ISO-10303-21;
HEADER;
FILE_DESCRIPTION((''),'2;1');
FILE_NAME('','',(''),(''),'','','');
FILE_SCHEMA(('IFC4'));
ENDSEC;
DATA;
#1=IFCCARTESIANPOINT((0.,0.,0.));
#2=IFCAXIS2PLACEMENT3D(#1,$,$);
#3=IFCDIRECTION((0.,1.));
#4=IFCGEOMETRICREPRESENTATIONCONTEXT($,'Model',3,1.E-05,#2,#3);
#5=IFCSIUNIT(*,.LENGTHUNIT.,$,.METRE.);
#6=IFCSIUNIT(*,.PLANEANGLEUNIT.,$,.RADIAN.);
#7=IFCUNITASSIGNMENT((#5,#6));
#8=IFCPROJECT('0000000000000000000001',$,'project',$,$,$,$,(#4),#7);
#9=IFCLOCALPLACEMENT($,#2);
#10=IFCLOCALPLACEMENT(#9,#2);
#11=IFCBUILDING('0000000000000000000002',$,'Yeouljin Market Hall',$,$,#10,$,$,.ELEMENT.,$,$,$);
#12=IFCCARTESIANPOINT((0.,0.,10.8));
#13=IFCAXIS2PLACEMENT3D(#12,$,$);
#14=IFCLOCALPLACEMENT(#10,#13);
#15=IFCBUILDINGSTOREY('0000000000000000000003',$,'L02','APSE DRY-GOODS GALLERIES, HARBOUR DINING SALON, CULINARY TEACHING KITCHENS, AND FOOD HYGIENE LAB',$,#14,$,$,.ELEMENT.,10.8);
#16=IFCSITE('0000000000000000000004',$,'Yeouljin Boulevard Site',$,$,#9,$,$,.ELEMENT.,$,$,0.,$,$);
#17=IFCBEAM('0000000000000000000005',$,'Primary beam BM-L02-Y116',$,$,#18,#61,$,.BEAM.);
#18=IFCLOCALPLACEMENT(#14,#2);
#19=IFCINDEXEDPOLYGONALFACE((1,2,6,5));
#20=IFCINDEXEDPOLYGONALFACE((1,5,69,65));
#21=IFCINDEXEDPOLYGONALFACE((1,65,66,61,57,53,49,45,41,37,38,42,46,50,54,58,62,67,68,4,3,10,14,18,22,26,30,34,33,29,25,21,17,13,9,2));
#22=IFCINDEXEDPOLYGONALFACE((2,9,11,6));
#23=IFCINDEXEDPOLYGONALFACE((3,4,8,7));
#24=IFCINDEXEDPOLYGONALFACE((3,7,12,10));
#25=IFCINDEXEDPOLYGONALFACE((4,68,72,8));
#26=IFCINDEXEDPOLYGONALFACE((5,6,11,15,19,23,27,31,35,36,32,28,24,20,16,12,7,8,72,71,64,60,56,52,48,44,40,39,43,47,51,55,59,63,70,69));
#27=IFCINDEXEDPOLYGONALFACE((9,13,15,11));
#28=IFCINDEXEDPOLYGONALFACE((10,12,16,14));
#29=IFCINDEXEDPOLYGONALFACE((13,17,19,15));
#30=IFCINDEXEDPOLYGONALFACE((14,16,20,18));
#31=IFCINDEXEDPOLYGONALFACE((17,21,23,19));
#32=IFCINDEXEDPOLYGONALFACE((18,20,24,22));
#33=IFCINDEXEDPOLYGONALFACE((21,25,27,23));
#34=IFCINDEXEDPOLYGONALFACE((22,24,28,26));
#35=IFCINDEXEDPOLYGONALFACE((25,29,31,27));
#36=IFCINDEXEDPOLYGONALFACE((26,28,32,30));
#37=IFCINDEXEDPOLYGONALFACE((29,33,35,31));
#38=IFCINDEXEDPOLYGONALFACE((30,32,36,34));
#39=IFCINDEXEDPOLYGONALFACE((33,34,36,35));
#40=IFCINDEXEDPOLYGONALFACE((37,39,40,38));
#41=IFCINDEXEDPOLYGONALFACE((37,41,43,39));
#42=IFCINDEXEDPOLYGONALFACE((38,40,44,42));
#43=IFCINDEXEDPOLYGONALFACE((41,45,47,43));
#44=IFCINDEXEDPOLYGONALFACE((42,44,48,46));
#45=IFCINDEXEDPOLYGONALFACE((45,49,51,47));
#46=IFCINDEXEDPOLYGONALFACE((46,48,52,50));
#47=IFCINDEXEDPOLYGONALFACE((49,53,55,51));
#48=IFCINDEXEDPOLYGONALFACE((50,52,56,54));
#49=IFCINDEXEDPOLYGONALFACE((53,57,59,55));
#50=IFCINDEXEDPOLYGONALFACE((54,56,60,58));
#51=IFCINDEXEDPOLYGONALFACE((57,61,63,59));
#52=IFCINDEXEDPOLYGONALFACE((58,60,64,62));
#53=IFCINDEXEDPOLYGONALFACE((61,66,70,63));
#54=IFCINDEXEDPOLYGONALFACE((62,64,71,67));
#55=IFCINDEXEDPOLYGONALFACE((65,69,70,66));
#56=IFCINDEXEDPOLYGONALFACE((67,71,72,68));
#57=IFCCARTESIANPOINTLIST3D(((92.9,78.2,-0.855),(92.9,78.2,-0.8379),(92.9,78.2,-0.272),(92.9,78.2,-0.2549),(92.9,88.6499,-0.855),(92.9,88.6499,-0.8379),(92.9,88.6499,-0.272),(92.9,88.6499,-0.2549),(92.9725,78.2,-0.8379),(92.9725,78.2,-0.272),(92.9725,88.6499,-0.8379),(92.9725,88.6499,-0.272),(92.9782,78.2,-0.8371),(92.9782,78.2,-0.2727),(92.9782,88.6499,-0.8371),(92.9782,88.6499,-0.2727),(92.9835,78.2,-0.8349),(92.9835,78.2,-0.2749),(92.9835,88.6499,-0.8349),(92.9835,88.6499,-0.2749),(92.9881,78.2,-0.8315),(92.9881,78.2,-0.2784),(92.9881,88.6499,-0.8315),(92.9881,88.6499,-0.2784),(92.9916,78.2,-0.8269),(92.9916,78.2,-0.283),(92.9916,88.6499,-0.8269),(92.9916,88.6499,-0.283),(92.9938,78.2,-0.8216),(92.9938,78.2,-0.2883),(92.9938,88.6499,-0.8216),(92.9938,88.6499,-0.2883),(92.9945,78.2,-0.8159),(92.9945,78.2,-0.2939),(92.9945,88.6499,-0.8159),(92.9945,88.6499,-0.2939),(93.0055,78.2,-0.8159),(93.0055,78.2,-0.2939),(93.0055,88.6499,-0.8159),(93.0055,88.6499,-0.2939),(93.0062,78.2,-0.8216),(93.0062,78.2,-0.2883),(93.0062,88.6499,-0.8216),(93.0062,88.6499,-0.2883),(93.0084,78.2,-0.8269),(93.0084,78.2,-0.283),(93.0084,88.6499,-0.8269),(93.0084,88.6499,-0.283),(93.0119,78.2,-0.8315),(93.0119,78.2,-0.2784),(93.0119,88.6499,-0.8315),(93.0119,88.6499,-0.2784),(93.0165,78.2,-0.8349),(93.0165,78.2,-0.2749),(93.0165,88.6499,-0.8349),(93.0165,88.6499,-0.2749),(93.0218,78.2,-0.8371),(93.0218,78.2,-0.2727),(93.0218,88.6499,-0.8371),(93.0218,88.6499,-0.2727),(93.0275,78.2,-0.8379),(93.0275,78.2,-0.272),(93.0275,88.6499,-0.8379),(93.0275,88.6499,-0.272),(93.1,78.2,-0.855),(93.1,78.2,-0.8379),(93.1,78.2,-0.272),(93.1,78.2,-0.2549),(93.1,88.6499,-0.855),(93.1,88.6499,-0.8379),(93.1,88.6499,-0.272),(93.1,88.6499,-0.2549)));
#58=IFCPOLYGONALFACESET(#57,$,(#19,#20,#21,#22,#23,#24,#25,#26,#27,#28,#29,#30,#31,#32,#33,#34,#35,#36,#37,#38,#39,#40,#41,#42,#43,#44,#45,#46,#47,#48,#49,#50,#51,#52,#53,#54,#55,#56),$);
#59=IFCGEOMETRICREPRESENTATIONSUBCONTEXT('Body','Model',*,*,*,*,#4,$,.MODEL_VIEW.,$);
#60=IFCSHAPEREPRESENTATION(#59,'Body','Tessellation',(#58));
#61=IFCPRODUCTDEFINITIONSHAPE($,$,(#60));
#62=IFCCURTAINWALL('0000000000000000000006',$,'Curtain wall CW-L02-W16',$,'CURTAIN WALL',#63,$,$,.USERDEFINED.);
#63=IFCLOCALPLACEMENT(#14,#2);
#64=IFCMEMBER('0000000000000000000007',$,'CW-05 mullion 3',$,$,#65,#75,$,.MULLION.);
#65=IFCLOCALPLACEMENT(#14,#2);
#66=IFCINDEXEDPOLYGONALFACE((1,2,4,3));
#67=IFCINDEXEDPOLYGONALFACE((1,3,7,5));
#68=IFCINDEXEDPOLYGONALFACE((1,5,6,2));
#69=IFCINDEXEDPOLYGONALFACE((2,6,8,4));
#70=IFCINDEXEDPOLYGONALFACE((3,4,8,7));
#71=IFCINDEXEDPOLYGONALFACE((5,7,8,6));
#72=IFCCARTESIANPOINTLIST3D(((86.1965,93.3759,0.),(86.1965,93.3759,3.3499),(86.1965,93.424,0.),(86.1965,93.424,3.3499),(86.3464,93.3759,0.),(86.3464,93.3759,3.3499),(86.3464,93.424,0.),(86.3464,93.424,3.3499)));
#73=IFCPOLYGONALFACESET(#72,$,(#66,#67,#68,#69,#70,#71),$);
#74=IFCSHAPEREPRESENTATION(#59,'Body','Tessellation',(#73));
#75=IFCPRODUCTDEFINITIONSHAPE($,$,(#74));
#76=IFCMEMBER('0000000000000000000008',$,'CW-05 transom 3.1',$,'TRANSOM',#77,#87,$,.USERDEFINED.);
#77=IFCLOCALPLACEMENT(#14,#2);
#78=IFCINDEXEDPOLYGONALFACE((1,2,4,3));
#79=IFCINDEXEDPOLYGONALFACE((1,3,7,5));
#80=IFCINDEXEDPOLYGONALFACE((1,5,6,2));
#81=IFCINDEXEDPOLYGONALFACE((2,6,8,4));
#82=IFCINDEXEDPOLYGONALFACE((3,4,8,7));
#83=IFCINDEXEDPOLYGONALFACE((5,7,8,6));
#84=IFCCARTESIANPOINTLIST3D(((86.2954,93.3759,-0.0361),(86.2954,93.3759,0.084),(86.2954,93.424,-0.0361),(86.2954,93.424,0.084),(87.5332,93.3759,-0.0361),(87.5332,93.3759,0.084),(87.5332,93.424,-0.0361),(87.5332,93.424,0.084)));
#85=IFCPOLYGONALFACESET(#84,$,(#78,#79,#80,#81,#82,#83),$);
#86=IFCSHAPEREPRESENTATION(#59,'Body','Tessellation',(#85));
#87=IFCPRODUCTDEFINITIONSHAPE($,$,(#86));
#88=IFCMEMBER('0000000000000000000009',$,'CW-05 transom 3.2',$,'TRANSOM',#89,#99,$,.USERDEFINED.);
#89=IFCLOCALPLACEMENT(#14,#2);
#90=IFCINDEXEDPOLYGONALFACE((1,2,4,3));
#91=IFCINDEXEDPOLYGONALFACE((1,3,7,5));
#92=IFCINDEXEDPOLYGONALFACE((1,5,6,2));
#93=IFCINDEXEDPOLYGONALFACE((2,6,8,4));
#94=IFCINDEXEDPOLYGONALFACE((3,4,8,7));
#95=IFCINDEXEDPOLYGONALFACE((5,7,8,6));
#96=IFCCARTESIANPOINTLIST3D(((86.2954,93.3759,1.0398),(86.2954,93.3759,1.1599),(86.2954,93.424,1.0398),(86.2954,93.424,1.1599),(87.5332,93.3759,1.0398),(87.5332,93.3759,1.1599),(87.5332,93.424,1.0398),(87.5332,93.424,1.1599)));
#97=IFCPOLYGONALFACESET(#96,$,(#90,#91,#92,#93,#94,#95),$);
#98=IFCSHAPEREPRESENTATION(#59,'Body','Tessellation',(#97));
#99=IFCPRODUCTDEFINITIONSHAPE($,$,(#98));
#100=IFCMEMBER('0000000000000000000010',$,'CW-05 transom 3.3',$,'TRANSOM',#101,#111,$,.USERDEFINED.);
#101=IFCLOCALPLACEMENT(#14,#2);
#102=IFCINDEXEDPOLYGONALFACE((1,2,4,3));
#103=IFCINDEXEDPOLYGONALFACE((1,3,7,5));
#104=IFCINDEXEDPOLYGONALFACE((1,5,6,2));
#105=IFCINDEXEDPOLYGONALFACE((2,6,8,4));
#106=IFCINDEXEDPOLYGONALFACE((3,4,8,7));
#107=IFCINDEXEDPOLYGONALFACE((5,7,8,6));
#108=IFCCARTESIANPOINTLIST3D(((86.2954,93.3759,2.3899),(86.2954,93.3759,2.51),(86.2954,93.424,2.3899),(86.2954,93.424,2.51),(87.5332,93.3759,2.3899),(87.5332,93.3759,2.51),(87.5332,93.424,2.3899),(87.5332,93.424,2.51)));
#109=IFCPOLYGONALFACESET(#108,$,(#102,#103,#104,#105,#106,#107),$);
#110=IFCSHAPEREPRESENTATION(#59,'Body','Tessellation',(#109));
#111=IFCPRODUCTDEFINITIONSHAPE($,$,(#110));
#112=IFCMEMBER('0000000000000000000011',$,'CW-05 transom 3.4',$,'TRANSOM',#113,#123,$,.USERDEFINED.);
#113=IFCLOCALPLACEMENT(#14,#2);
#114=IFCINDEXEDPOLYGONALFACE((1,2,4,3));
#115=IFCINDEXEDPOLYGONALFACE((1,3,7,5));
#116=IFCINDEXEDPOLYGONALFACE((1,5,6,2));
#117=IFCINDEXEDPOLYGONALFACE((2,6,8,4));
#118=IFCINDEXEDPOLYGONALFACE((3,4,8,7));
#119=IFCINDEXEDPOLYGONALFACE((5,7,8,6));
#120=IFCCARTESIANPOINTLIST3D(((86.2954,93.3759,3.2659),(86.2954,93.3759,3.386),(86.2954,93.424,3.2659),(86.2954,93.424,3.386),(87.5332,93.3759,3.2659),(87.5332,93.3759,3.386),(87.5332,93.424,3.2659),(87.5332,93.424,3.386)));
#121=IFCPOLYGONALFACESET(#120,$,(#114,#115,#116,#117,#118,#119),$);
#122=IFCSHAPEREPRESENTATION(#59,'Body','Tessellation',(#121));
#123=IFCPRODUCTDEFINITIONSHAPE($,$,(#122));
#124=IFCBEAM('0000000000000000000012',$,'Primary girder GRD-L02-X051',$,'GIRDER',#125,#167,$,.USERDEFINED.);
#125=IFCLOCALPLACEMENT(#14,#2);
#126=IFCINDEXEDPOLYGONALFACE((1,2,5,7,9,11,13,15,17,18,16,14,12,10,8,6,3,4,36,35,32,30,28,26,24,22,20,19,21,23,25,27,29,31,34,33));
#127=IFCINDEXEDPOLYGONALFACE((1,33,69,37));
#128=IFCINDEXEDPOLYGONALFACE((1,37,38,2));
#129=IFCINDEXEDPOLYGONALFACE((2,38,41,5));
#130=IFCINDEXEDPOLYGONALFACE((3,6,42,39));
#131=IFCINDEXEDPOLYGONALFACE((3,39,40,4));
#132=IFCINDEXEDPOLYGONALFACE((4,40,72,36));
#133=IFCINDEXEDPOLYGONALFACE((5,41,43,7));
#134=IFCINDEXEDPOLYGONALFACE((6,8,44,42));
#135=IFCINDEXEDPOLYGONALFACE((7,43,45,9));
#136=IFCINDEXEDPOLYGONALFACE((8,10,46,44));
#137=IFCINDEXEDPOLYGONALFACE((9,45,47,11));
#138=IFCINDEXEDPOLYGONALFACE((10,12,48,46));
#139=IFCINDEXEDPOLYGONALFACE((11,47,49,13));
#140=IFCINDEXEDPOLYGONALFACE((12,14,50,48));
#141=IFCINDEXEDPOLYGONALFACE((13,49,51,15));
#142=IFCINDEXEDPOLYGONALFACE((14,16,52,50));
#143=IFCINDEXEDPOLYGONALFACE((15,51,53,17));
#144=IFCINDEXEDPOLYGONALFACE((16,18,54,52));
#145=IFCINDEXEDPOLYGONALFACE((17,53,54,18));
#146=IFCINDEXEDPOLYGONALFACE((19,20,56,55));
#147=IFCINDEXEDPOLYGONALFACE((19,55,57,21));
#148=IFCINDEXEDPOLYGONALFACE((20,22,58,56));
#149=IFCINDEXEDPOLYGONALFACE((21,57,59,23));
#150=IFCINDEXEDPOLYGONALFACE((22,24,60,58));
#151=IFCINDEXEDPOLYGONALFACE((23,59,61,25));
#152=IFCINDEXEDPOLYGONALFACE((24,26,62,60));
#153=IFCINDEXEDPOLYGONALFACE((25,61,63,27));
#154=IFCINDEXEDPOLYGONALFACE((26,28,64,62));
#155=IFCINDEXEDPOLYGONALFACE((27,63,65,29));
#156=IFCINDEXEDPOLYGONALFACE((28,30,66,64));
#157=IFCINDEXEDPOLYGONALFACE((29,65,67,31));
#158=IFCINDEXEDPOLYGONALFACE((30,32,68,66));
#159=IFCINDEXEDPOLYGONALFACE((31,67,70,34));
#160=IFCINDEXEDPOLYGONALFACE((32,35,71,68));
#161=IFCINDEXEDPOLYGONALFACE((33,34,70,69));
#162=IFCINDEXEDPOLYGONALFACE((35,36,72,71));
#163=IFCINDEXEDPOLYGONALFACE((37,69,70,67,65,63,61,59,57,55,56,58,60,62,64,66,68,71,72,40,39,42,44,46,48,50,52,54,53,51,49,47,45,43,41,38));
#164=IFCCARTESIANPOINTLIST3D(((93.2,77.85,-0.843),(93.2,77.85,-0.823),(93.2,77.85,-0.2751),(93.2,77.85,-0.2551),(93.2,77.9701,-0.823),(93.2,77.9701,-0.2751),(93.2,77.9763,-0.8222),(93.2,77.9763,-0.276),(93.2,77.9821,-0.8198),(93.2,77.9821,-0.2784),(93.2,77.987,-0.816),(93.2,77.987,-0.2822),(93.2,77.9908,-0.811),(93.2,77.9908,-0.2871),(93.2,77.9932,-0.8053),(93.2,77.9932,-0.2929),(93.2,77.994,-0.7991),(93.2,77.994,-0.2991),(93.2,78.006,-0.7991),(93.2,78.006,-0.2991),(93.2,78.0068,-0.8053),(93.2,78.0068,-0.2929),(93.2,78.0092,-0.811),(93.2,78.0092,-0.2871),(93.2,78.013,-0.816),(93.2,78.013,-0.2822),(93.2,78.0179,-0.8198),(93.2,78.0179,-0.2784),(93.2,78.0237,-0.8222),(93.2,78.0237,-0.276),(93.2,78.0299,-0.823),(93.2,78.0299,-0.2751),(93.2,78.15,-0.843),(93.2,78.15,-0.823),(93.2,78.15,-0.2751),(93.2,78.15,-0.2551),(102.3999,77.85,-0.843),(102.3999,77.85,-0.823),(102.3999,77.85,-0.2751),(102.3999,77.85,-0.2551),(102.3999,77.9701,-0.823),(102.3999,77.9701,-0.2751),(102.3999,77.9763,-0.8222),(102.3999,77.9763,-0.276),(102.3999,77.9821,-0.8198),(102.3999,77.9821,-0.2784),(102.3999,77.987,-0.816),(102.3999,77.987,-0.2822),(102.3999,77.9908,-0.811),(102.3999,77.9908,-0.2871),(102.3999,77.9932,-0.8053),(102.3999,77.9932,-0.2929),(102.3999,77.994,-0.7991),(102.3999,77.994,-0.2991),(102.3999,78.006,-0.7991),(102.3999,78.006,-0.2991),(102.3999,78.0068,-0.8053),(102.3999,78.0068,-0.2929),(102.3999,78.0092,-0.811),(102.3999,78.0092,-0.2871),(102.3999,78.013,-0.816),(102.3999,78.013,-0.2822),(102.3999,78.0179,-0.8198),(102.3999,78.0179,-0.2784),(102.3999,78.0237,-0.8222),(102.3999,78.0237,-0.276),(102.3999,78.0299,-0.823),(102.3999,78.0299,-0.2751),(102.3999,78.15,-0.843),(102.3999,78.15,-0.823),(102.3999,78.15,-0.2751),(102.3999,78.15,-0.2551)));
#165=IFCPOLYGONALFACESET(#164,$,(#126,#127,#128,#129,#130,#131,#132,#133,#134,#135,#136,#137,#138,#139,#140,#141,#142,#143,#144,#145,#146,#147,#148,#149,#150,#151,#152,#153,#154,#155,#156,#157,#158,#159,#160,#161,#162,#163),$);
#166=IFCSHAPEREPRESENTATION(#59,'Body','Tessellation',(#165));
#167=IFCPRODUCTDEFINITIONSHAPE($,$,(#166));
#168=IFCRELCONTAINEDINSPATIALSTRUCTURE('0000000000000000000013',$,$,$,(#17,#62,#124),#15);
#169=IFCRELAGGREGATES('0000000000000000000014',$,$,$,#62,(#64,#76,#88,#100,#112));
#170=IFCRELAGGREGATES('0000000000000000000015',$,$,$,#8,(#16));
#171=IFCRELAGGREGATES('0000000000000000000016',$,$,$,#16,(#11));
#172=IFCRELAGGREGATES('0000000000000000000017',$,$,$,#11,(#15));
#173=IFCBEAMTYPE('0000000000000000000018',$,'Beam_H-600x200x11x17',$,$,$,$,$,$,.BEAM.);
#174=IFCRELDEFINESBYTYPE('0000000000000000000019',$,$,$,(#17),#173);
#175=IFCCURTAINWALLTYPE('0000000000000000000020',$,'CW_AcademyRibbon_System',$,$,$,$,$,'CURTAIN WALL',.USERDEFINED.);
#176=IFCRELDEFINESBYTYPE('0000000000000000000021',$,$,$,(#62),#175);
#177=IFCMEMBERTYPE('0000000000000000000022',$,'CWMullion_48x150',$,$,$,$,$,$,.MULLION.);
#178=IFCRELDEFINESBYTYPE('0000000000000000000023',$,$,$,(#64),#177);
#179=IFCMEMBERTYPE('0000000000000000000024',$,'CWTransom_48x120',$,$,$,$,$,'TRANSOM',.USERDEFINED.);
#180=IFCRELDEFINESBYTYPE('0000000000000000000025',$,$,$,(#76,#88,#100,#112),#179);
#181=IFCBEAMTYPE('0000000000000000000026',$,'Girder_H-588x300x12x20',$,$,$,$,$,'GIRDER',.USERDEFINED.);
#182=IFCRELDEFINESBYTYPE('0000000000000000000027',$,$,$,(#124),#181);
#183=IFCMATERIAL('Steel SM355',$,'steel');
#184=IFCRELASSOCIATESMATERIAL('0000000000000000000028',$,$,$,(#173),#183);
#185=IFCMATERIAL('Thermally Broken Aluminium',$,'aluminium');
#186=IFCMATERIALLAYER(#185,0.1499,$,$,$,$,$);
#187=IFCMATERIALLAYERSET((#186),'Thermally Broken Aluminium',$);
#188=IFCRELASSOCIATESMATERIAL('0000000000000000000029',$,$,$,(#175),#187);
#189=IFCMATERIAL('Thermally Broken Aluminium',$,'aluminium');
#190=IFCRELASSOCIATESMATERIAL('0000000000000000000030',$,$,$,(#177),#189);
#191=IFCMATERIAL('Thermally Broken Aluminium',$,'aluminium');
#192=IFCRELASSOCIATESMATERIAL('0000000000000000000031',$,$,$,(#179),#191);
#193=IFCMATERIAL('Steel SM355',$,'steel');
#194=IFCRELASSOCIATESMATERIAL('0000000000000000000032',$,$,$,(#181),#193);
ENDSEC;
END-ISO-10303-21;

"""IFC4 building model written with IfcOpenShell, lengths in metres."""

from ifc_helpers import new_model, si_unit, direction, frame, origin, origin_2d, place, context, subcontext, project, spatial, rectangle, i_section, extrude, material, layer, layer_set, material_profile, profile_set, type_object, element, aggregate, save


model = new_model("IFC4")

# Units and contexts
model_context = context("Model", 3, precision=1e-05, world=origin(), true_north=direction((0.0, 1.0)))
body_context = subcontext(model_context, "Body", "Model", "MODEL_VIEW")
ifc_project = project(units=[si_unit("LENGTHUNIT", "METRE"), si_unit("PLANEANGLEUNIT", "RADIAN")], contexts=[model_context])

# Site, building, storey
site_placement = place(None, origin())
site = spatial("IfcSite", under=ifc_project, at=site_placement, Name="Yeouljin Boulevard Site", CompositionType="ELEMENT", RefElevation=0.0)
building_placement = place(site_placement, origin())
building = spatial("IfcBuilding", under=site, at=building_placement, Name="Yeouljin Market Hall", CompositionType="ELEMENT")
storey_placement = place(building_placement, frame((0.0, 0.0, 10.8)))
storey = spatial("IfcBuildingStorey", under=building, at=storey_placement, Name="L02", Description="APSE DRY-GOODS GALLERIES, HARBOUR DINING SALON, CULINARY TEACHING KITCHENS, AND FOOD HYGIENE LAB", CompositionType="ELEMENT", Elevation=10.8)

# Beam
ifc_material_1 = material(Name="Steel SM355", Category="steel")
ifc_material_profile_1 = material_profile(ifc_material_1, i_section(OverallWidth=0.2, OverallDepth=0.6001, WebThickness=0.011, FlangeThickness=0.0171, FilletRadius=0.022, at=origin_2d()), Name="H-600x200x11x17")
ifc_profile_set_1 = profile_set([ifc_material_profile_1], Name="Steel SM355")
beam_type_1 = type_object("IfcBeamType", Name="Beam_H-600x200x11x17", PredefinedType="BEAM", material=ifc_profile_set_1)
beam_1_placement = place(storey_placement, frame((93.0, 78.2, -0.5549), z_axis=(0.0, 1.0, 0.0), x_axis=(-1.0, 0.0, 0.0)))
element("IfcBeam", 1, at=beam_1_placement, inside=storey, type_object=beam_type_1, Name="Primary beam BM-L02-Y116", PredefinedType="BEAM", context=body_context, shape_type="SweptSolid", body=[
    extrude(i_section(OverallWidth=0.2, OverallDepth=0.6001, WebThickness=0.011, FlangeThickness=0.0171, FilletRadius=0.022, at=origin_2d()), origin(), (0.0, 0.0, 1.0), 10.45),
])

# Curtain wall, members
ifc_material_2 = material(Name="Thermally Broken Aluminium", Category="aluminium")
ifc_layer_1 = layer(ifc_material_2, 0.1499)
ifc_layer_set_1 = layer_set([ifc_layer_1], Name="Thermally Broken Aluminium")
curtain_wall_type = type_object("IfcCurtainWallType", Name="CW_AcademyRibbon_System", ElementType="CURTAIN WALL", PredefinedType="USERDEFINED", material=ifc_layer_set_1)
curtain_wall_placement = place(storey_placement, origin())
curtain_wall = element("IfcCurtainWall", 2, at=curtain_wall_placement, inside=storey, type_object=curtain_wall_type, Name="Curtain wall CW-L02-W16", ObjectType="CURTAIN WALL", PredefinedType="USERDEFINED")
ifc_material_3 = material(Name="Thermally Broken Aluminium", Category="aluminium")
ifc_material_profile_2 = material_profile(ifc_material_3, rectangle(XDim=0.0481, YDim=0.1499, at=origin_2d()), Name="CW-MULL-48x150")
ifc_profile_set_2 = profile_set([ifc_material_profile_2], Name="Thermally Broken Aluminium")
member_type_1 = type_object("IfcMemberType", Name="CWMullion_48x150", PredefinedType="MULLION", material=ifc_profile_set_2)
member_1_placement = place(storey_placement, frame((86.2715, 93.3999, 0.0), z_axis=(0.0, 0.0, 1.0), x_axis=(0.0, 1.0, 0.0)))
member_1 = element("IfcMember", 3, at=member_1_placement, type_object=member_type_1, Name="CW-05 mullion 3", PredefinedType="MULLION", context=body_context, shape_type="SweptSolid", body=[
    extrude(rectangle(XDim=0.0481, YDim=0.1499, at=origin_2d()), origin(), (0.0, 0.0, 1.0), 3.3499),
])
ifc_material_4 = material(Name="Thermally Broken Aluminium", Category="aluminium")
ifc_material_profile_3 = material_profile(ifc_material_4, rectangle(XDim=0.0481, YDim=0.1201, at=origin_2d()), Name="CW-TRAN-48x120")
ifc_profile_set_3 = profile_set([ifc_material_profile_3], Name="Thermally Broken Aluminium")
member_type_2 = type_object("IfcMemberType", Name="CWTransom_48x120", ElementType="TRANSOM", PredefinedType="USERDEFINED", material=ifc_profile_set_3)
member_2_placement = place(storey_placement, frame((86.2954, 93.3999, 0.0239), z_axis=(1.0, 0.0, 0.0), x_axis=(0.0, 1.0, 0.0)))
member_2 = element("IfcMember", 4, at=member_2_placement, type_object=member_type_2, Name="CW-05 transom 3.1", ObjectType="TRANSOM", PredefinedType="USERDEFINED", context=body_context, shape_type="SweptSolid", body=[
    extrude(rectangle(XDim=0.0481, YDim=0.1201, at=origin_2d()), origin(), (0.0, 0.0, 1.0), 1.2378),
])
member_3_placement = place(storey_placement, frame((86.2954, 93.3999, 1.0999), z_axis=(1.0, 0.0, 0.0), x_axis=(0.0, 1.0, 0.0)))
member_3 = element("IfcMember", 5, at=member_3_placement, type_object=member_type_2, Name="CW-05 transom 3.2", ObjectType="TRANSOM", PredefinedType="USERDEFINED", context=body_context, shape_type="SweptSolid", body=[
    extrude(rectangle(XDim=0.0481, YDim=0.1201, at=origin_2d()), origin(), (0.0, 0.0, 1.0), 1.2378),
])
member_4_placement = place(storey_placement, frame((86.2954, 93.3999, 2.45), z_axis=(1.0, 0.0, 0.0), x_axis=(0.0, 1.0, 0.0)))
member_4 = element("IfcMember", 6, at=member_4_placement, type_object=member_type_2, Name="CW-05 transom 3.3", ObjectType="TRANSOM", PredefinedType="USERDEFINED", context=body_context, shape_type="SweptSolid", body=[
    extrude(rectangle(XDim=0.0481, YDim=0.1201, at=origin_2d()), origin(), (0.0, 0.0, 1.0), 1.2378),
])
member_5_placement = place(storey_placement, frame((86.2954, 93.3999, 3.3259), z_axis=(1.0, 0.0, 0.0), x_axis=(0.0, 1.0, 0.0)))
member_5 = element("IfcMember", 7, at=member_5_placement, type_object=member_type_2, Name="CW-05 transom 3.4", ObjectType="TRANSOM", PredefinedType="USERDEFINED", context=body_context, shape_type="SweptSolid", body=[
    extrude(rectangle(XDim=0.0481, YDim=0.1201, at=origin_2d()), origin(), (0.0, 0.0, 1.0), 1.2378),
])

# Beam
ifc_material_5 = material(Name="Steel SM355", Category="steel")
ifc_material_profile_4 = material_profile(ifc_material_5, i_section(OverallWidth=0.3, OverallDepth=0.5879, WebThickness=0.012, FlangeThickness=0.02, FilletRadius=0.0239, at=origin_2d()), Name="H-588x300x12x20")
ifc_profile_set_4 = profile_set([ifc_material_profile_4], Name="Steel SM355")
beam_type_2 = type_object("IfcBeamType", Name="Girder_H-588x300x12x20", ElementType="GIRDER", PredefinedType="USERDEFINED", material=ifc_profile_set_4)
beam_2_placement = place(storey_placement, frame((93.2, 78.0, -0.5491), z_axis=(1.0, 0.0, 0.0), x_axis=(0.0, 1.0, 0.0)))
element("IfcBeam", 8, at=beam_2_placement, inside=storey, type_object=beam_type_2, Name="Primary girder GRD-L02-X051", ObjectType="GIRDER", PredefinedType="USERDEFINED", context=body_context, shape_type="SweptSolid", body=[
    extrude(i_section(OverallWidth=0.3, OverallDepth=0.5879, WebThickness=0.012, FlangeThickness=0.02, FilletRadius=0.0239, at=origin_2d()), origin(), (0.0, 0.0, 1.0), 9.2),
])

aggregate(curtain_wall, [member_1, member_2, member_3, member_4, member_5])

save(model, "model.ifc")
